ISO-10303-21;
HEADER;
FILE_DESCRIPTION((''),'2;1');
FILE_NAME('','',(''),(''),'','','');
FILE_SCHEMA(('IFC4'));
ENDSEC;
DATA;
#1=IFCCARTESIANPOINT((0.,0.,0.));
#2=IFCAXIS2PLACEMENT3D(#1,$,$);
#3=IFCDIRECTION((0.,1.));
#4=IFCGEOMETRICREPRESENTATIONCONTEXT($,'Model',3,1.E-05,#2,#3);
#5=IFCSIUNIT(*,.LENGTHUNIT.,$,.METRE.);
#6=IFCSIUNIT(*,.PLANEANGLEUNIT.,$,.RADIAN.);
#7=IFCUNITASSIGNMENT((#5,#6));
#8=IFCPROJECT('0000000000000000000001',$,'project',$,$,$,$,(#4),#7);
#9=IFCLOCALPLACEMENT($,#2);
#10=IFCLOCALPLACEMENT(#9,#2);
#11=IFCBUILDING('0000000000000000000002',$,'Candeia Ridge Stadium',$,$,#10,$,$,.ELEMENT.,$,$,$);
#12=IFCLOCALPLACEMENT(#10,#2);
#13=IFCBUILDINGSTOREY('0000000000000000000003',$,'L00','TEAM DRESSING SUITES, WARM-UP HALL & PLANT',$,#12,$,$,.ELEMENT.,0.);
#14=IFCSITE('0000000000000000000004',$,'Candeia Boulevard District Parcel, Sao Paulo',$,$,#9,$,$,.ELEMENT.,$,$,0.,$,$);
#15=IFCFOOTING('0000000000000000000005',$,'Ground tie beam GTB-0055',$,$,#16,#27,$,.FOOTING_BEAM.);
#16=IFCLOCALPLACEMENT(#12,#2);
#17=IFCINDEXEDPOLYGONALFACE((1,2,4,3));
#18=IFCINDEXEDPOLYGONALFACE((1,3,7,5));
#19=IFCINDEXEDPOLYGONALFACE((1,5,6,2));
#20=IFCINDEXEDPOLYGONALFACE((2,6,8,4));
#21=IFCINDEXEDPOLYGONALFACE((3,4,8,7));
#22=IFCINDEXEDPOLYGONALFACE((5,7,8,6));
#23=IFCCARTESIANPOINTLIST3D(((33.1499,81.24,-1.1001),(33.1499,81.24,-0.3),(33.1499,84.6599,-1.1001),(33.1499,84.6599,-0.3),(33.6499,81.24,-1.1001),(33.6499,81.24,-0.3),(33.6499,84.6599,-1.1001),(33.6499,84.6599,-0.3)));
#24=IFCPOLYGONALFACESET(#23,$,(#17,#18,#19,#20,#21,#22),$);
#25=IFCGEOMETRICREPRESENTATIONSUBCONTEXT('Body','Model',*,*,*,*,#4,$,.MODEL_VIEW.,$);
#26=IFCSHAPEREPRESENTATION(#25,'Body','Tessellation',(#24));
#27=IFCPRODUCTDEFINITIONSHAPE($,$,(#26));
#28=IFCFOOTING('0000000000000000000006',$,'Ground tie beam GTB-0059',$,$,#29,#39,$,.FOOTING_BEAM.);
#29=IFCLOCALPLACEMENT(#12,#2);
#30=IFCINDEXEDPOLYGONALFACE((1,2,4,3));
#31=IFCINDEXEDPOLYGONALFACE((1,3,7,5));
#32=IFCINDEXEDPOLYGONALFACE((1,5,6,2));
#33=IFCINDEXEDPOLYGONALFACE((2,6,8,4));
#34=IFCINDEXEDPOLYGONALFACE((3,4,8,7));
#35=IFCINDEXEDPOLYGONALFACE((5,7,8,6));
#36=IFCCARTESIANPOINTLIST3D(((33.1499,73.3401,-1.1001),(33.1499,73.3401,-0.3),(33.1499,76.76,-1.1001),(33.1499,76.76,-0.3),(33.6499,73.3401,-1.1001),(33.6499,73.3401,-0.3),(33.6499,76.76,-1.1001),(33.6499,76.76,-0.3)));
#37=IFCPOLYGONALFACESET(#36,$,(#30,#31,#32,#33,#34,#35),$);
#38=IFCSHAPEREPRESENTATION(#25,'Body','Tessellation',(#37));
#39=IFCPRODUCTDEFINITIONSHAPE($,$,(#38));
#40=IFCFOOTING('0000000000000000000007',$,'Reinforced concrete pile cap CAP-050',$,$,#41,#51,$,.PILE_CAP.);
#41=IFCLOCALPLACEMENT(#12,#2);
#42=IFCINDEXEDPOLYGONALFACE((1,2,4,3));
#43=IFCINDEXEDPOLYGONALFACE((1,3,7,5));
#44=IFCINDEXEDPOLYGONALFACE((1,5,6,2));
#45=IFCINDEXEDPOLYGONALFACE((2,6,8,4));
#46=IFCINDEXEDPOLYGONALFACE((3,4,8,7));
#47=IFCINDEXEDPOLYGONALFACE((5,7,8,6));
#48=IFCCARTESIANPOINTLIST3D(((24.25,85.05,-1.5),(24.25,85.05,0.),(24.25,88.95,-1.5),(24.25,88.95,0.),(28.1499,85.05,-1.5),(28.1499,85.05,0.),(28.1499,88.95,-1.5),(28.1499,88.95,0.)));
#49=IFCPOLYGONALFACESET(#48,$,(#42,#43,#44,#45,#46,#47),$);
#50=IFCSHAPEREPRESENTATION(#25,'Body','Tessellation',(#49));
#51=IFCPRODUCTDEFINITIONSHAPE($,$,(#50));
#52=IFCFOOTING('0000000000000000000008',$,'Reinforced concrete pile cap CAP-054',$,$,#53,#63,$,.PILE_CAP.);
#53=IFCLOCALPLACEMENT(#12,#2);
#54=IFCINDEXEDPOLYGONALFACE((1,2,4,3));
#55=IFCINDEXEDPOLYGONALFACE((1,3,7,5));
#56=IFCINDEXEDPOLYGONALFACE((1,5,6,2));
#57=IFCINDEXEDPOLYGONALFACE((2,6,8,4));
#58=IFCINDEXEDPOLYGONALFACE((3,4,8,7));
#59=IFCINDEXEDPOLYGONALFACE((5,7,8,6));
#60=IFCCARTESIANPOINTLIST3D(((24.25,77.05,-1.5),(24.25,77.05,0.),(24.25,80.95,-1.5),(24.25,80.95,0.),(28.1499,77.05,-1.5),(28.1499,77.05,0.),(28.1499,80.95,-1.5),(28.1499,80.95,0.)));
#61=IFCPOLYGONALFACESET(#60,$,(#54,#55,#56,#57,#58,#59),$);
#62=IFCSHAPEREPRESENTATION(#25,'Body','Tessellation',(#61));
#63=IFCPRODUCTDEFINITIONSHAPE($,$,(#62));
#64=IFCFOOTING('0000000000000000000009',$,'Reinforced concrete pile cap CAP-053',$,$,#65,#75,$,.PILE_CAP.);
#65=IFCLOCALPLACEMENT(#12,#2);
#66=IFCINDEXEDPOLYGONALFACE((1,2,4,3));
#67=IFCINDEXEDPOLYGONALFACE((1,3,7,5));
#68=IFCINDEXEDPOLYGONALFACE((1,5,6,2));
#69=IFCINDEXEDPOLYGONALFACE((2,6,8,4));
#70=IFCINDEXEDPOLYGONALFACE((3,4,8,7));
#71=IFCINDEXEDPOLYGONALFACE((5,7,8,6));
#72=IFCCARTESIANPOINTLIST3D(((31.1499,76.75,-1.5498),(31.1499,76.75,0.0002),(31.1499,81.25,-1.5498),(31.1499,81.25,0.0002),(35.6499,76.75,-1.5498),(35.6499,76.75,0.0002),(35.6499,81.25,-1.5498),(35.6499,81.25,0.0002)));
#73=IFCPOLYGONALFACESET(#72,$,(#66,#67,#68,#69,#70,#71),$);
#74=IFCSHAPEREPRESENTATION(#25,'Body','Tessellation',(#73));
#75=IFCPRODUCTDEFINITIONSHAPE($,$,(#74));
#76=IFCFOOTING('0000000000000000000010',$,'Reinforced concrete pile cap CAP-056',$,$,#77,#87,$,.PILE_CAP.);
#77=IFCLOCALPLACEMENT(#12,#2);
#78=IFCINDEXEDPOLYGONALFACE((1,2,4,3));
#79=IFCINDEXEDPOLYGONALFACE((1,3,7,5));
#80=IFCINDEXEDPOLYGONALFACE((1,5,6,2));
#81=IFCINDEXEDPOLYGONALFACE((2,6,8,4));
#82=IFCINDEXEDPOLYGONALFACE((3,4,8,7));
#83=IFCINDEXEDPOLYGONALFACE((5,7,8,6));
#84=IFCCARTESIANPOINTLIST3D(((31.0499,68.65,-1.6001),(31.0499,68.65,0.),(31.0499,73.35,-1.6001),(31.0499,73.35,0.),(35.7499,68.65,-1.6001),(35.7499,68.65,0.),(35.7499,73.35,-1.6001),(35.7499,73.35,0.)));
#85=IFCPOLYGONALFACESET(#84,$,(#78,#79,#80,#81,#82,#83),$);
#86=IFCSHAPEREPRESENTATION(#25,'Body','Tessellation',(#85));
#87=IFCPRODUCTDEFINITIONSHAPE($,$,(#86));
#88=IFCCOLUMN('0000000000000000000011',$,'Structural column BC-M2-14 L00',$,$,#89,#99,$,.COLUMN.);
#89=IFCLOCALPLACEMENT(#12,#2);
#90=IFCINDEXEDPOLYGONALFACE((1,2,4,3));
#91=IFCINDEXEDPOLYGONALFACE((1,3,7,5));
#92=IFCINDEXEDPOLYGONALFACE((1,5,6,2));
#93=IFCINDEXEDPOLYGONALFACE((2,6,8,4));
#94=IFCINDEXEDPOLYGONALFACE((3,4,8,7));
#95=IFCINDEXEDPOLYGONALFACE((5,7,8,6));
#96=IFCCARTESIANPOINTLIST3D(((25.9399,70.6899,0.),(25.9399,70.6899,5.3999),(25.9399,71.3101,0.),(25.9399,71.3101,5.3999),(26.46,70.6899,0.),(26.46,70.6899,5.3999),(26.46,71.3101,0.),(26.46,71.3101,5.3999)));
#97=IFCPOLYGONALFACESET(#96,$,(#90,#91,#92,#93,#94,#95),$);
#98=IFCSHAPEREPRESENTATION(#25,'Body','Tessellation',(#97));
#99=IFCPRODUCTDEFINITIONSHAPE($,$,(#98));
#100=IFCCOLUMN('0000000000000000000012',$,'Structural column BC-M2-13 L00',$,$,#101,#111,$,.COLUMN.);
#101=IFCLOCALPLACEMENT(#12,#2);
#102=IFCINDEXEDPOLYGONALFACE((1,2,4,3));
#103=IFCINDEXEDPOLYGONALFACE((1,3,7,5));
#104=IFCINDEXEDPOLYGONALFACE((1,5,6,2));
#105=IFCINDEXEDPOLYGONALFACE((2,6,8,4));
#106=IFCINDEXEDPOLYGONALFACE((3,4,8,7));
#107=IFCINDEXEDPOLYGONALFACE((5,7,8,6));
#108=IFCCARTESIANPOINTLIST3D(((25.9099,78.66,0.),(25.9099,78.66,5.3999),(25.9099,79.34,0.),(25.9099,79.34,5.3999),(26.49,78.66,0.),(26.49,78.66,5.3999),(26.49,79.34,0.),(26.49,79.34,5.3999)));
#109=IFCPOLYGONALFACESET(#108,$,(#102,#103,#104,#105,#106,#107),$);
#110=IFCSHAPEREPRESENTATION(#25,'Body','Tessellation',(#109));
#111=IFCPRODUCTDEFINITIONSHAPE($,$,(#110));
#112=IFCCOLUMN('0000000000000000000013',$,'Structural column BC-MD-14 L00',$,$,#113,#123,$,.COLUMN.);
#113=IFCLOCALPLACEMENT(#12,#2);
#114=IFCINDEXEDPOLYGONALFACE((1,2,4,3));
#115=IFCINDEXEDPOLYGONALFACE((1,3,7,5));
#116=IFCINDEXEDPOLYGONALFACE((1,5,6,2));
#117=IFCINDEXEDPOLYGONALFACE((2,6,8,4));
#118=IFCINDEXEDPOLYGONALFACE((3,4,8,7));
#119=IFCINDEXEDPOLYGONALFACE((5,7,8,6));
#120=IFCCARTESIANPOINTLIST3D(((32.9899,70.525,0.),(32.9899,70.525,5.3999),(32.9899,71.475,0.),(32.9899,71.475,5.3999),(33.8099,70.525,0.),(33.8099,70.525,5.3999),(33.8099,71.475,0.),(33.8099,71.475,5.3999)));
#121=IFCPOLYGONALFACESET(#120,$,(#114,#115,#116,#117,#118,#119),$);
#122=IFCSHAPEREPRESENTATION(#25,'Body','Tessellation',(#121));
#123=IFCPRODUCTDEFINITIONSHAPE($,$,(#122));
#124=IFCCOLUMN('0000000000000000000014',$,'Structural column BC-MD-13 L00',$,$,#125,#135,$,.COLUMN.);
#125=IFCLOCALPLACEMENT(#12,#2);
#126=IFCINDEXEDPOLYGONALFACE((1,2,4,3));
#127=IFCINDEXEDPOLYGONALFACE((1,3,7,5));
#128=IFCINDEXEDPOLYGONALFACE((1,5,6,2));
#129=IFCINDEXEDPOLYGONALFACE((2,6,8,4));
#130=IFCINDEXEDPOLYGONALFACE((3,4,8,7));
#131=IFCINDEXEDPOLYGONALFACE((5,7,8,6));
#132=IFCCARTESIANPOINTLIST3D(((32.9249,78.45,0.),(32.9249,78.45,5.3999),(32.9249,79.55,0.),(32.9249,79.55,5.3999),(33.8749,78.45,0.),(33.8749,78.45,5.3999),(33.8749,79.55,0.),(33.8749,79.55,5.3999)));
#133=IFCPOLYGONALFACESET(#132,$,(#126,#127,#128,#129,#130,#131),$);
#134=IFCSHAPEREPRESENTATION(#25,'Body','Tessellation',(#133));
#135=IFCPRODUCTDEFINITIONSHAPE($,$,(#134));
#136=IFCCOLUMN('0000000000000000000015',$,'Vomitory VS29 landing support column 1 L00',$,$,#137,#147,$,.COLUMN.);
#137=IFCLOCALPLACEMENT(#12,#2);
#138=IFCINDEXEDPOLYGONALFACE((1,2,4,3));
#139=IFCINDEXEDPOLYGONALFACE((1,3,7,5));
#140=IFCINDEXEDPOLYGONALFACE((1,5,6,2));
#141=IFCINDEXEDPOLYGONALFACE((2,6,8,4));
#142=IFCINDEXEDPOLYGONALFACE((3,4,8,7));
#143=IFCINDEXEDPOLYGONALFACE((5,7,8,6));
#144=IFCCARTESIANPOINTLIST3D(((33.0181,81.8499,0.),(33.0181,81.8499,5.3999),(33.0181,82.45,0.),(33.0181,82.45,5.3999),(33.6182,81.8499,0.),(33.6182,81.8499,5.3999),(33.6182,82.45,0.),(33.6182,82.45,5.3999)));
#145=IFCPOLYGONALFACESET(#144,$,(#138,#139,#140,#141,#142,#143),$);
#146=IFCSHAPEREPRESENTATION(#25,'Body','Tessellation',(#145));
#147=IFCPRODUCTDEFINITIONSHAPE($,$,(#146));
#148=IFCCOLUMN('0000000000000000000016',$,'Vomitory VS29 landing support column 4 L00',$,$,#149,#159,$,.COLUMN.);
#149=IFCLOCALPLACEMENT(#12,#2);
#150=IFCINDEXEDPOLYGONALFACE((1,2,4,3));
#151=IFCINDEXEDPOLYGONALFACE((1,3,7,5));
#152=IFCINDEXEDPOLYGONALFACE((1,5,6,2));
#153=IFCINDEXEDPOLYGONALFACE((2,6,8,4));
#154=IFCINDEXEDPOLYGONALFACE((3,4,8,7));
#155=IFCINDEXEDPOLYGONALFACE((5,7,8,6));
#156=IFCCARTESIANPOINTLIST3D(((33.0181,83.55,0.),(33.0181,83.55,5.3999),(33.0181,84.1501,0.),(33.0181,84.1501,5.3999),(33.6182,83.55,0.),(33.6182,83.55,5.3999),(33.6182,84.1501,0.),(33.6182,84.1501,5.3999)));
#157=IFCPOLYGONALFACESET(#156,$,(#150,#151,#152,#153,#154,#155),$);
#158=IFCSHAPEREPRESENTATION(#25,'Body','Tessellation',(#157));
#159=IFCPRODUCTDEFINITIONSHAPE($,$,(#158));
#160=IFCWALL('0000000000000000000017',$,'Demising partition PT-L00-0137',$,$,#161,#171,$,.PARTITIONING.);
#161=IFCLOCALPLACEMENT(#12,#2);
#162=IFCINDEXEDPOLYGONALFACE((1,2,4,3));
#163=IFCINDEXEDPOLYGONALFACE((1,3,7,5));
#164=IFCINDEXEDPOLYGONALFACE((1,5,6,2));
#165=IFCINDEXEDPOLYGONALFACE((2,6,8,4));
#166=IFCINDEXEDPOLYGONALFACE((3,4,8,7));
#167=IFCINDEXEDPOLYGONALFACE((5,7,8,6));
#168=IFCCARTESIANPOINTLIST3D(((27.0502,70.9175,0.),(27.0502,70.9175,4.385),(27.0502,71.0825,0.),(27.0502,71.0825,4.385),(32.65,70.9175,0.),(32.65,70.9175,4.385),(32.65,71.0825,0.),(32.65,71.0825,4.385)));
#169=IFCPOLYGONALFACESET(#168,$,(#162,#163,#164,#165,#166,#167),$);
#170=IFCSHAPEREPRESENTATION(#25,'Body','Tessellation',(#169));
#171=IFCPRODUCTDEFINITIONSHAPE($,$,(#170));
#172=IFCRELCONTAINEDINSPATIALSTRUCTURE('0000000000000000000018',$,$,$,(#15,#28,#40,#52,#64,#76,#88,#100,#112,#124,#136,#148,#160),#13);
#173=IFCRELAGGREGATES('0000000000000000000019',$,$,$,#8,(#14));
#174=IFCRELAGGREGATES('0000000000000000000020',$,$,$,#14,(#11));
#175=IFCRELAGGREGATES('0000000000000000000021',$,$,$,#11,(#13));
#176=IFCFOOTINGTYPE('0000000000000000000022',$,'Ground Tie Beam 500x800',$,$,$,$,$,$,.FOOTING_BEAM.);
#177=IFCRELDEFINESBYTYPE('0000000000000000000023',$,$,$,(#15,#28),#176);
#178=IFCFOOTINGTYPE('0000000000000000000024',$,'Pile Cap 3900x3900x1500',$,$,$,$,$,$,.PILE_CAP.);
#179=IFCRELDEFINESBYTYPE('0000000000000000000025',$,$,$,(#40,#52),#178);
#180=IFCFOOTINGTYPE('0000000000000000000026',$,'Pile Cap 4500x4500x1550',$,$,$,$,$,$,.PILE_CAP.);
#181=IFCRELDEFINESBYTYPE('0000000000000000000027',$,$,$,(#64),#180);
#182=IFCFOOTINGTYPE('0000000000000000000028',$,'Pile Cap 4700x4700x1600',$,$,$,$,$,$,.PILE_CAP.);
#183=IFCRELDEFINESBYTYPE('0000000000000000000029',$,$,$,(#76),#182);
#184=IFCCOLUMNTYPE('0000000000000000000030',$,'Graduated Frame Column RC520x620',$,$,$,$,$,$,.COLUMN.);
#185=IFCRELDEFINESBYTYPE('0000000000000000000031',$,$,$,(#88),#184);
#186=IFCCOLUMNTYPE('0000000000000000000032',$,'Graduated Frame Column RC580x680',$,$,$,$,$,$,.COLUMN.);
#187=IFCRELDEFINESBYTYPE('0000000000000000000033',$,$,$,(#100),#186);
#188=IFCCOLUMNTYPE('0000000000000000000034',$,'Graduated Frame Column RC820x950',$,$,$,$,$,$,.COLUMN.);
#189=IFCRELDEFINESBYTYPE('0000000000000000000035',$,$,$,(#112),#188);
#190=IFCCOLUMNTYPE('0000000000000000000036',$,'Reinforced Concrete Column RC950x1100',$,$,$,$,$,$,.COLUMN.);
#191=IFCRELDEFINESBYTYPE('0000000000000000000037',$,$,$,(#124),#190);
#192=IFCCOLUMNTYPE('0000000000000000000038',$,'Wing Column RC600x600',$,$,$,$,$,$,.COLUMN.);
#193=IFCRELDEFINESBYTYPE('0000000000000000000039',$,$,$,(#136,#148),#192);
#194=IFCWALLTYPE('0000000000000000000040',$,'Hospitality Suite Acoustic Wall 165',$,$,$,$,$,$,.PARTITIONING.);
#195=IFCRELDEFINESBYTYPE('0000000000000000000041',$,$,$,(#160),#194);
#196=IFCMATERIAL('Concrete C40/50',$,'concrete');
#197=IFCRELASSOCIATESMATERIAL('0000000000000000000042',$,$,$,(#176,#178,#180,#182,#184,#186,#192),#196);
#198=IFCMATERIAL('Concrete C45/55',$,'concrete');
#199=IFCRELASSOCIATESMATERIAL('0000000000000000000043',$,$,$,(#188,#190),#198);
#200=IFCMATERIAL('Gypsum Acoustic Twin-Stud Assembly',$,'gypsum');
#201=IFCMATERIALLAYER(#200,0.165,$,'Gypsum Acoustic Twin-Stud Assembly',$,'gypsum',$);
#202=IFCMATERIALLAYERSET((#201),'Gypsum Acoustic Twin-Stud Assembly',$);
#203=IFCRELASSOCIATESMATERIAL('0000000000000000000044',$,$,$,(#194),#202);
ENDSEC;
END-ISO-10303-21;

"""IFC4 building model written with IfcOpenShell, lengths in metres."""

from ifc_helpers import new_model, si_unit, direction, frame, frame_2d, origin, origin_2d, place, context, subcontext, project, spatial, rectangle, extrude, material, layer, layer_set, material_profile, profile_set, type_object, element, save


model = new_model("IFC4")

# Units and contexts
model_context = context("Model", 3, precision=1e-05, world=origin(), true_north=direction((0.0, 1.0)))
body_context = subcontext(model_context, "Body", "Model", "MODEL_VIEW")
ifc_project = project(units=[si_unit("LENGTHUNIT", "METRE"), si_unit("PLANEANGLEUNIT", "RADIAN")], contexts=[model_context])

# Site, building, storey
site_placement = place(None, origin())
site = spatial("IfcSite", under=ifc_project, at=site_placement, Name="Candeia Boulevard District Parcel, Sao Paulo", CompositionType="ELEMENT", RefElevation=0.0)
building_placement = place(site_placement, origin())
building = spatial("IfcBuilding", under=site, at=building_placement, Name="Candeia Ridge Stadium", CompositionType="ELEMENT")
storey_placement = place(building_placement, origin())
storey = spatial("IfcBuildingStorey", under=building, at=storey_placement, Name="L00", Description="TEAM DRESSING SUITES, WARM-UP HALL & PLANT", CompositionType="ELEMENT", Elevation=0.0)

# Shared definitions
ifc_material_1 = material(Name="Concrete C40/50", Category="concrete")

# Footings
footing_type_1 = type_object("IfcFootingType", Name="Ground Tie Beam 500x800", PredefinedType="FOOTING_BEAM", material=ifc_material_1)
for number, where, z_axis, x_axis, name in (
    (1, (33.3999, 82.95, -1.1001), (0.0, 0.0, 1.0), (0.0, -1.0, 0.0), "Ground tie beam GTB-0055"),
    (2, (33.3999, 75.05, -1.1001), (0.0, 0.0, 1.0), (0.0, -1.0, 0.0), "Ground tie beam GTB-0059"),
):
    element("IfcFooting", number, at=place(storey_placement, frame(where, z_axis=z_axis, x_axis=x_axis)), inside=storey, type_object=footing_type_1, Name=name, PredefinedType="FOOTING_BEAM", context=body_context, shape_type="SweptSolid", body=[
        extrude(rectangle(XDim=3.4199, YDim=0.5, at=origin_2d()), origin(), (0.0, 0.0, 1.0), 0.8),
    ])
footing_type_2 = type_object("IfcFootingType", Name="Pile Cap 3900x3900x1500", PredefinedType="PILE_CAP", material=ifc_material_1)
for number, where, z_axis, x_axis, name in (
    (3, (26.2, 87.0, -1.5), (0.0, 0.0, 1.0), (1.0, 0.0, 0.0), "Reinforced concrete pile cap CAP-050"),
    (4, (26.2, 79.0, -1.5), (0.0, 0.0, 1.0), (1.0, 0.0, 0.0), "Reinforced concrete pile cap CAP-054"),
):
    element("IfcFooting", number, at=place(storey_placement, frame(where, z_axis=z_axis, x_axis=x_axis)), inside=storey, type_object=footing_type_2, Name=name, PredefinedType="PILE_CAP", context=body_context, shape_type="SweptSolid", body=[
        extrude(rectangle(XDim=3.8999, YDim=3.8999, at=origin_2d()), origin(), (0.0, 0.0, 1.0), 1.5),
    ])
footing_type_3 = type_object("IfcFootingType", Name="Pile Cap 4500x4500x1550", PredefinedType="PILE_CAP", material=ifc_material_1)
footing_1_placement = place(storey_placement, frame((33.3999, 79.0, -1.5498), z_axis=(0.0, 0.0, 1.0), x_axis=(1.0, 0.0, 0.0)))
element("IfcFooting", 5, at=footing_1_placement, inside=storey, type_object=footing_type_3, Name="Reinforced concrete pile cap CAP-053", PredefinedType="PILE_CAP", context=body_context, shape_type="SweptSolid", body=[
    extrude(rectangle(XDim=4.5, YDim=4.5, at=origin_2d()), origin(), (0.0, 0.0, 1.0), 1.55),
])
footing_type_4 = type_object("IfcFootingType", Name="Pile Cap 4700x4700x1600", PredefinedType="PILE_CAP", material=ifc_material_1)
footing_2_placement = place(storey_placement, frame((33.3999, 71.0, -1.6001), z_axis=(0.0, 0.0, 1.0), x_axis=(1.0, 0.0, 0.0)))
element("IfcFooting", 6, at=footing_2_placement, inside=storey, type_object=footing_type_4, Name="Reinforced concrete pile cap CAP-056", PredefinedType="PILE_CAP", context=body_context, shape_type="SweptSolid", body=[
    extrude(rectangle(XDim=4.7, YDim=4.7, at=origin_2d()), origin(), (0.0, 0.0, 1.0), 1.6001),
])

# Columns
ifc_material_profile_1 = material_profile(ifc_material_1, rectangle(XDim=0.52, YDim=0.6201, at=origin_2d()), Name="RC520x620", Category="concrete")
ifc_profile_set_1 = profile_set([ifc_material_profile_1], Name="Concrete C40/50")
column_type_1 = type_object("IfcColumnType", Name="Graduated Frame Column RC520x620", PredefinedType="COLUMN", material=ifc_profile_set_1)
column_1_placement = place(storey_placement, frame((26.2, 71.0, 0.0), z_axis=(0.0, 0.0, 1.0), x_axis=(1.0, 0.0, 0.0)))
element("IfcColumn", 7, at=column_1_placement, inside=storey, type_object=column_type_1, Name="Structural column BC-M2-14 L00", PredefinedType="COLUMN", context=body_context, shape_type="SweptSolid", body=[
    extrude(rectangle(XDim=0.52, YDim=0.6201, at=origin_2d()), origin(), (0.0, 0.0, 1.0), 5.3999),
])
ifc_material_profile_2 = material_profile(ifc_material_1, rectangle(XDim=0.5801, YDim=0.6799, at=origin_2d()), Name="RC580x680", Category="concrete")
ifc_profile_set_2 = profile_set([ifc_material_profile_2], Name="Concrete C40/50")
column_type_2 = type_object("IfcColumnType", Name="Graduated Frame Column RC580x680", PredefinedType="COLUMN", material=ifc_profile_set_2)
column_2_placement = place(storey_placement, frame((26.2, 79.0, 0.0), z_axis=(0.0, 0.0, 1.0), x_axis=(1.0, 0.0, 0.0)))
element("IfcColumn", 8, at=column_2_placement, inside=storey, type_object=column_type_2, Name="Structural column BC-M2-13 L00", PredefinedType="COLUMN", context=body_context, shape_type="SweptSolid", body=[
    extrude(rectangle(XDim=0.5801, YDim=0.6799, at=origin_2d()), origin(), (0.0, 0.0, 1.0), 5.3999),
])
ifc_material_2 = material(Name="Concrete C45/55", Category="concrete")
ifc_material_profile_3 = material_profile(ifc_material_2, rectangle(XDim=0.8201, YDim=0.95, at=origin_2d()), Name="RC820x950", Category="concrete")
ifc_profile_set_3 = profile_set([ifc_material_profile_3], Name="Concrete C45/55")
column_type_3 = type_object("IfcColumnType", Name="Graduated Frame Column RC820x950", PredefinedType="COLUMN", material=ifc_profile_set_3)
column_3_placement = place(storey_placement, frame((33.3999, 71.0, 0.0), z_axis=(0.0, 0.0, 1.0), x_axis=(1.0, 0.0, 0.0)))
element("IfcColumn", 9, at=column_3_placement, inside=storey, type_object=column_type_3, Name="Structural column BC-MD-14 L00", PredefinedType="COLUMN", context=body_context, shape_type="SweptSolid", body=[
    extrude(rectangle(XDim=0.8201, YDim=0.95, at=origin_2d()), origin(), (0.0, 0.0, 1.0), 5.3999),
])
ifc_material_profile_4 = material_profile(ifc_material_2, rectangle(XDim=0.95, YDim=1.1001, at=origin_2d()), Name="RC950x1100", Category="concrete")
ifc_profile_set_4 = profile_set([ifc_material_profile_4], Name="Concrete C45/55")
column_type_4 = type_object("IfcColumnType", Name="Reinforced Concrete Column RC950x1100", PredefinedType="COLUMN", material=ifc_profile_set_4)
column_4_placement = place(storey_placement, frame((33.3999, 79.0, 0.0), z_axis=(0.0, 0.0, 1.0), x_axis=(1.0, 0.0, 0.0)))
element("IfcColumn", 10, at=column_4_placement, inside=storey, type_object=column_type_4, Name="Structural column BC-MD-13 L00", PredefinedType="COLUMN", context=body_context, shape_type="SweptSolid", body=[
    extrude(rectangle(XDim=0.95, YDim=1.1001, at=origin_2d()), origin(), (0.0, 0.0, 1.0), 5.3999),
])
ifc_material_profile_5 = material_profile(ifc_material_1, rectangle(XDim=0.6001, YDim=0.6001, at=origin_2d()), Name="RC600x600", Category="concrete")
ifc_profile_set_5 = profile_set([ifc_material_profile_5], Name="Concrete C40/50")
column_type_5 = type_object("IfcColumnType", Name="Wing Column RC600x600", PredefinedType="COLUMN", material=ifc_profile_set_5)
for number, where, z_axis, x_axis, name in (
    (11, (33.3181, 82.1499, 0.0), (0.0, 0.0, 1.0), (1.0, 0.0, 0.0), "Vomitory VS29 landing support column 1 L00"),
    (12, (33.3181, 83.8501, 0.0), (0.0, 0.0, 1.0), (1.0, 0.0, 0.0), "Vomitory VS29 landing support column 4 L00"),
):
    element("IfcColumn", number, at=place(storey_placement, frame(where, z_axis=z_axis, x_axis=x_axis)), inside=storey, type_object=column_type_5, Name=name, PredefinedType="COLUMN", context=body_context, shape_type="SweptSolid", body=[
        extrude(rectangle(XDim=0.6001, YDim=0.6001, at=origin_2d()), origin(), (0.0, 0.0, 1.0), 5.3999),
    ])

# Wall
ifc_material_3 = material(Name="Gypsum Acoustic Twin-Stud Assembly", Category="gypsum")
ifc_layer_1 = layer(ifc_material_3, 0.165, Name="Gypsum Acoustic Twin-Stud Assembly", Category="gypsum")
ifc_layer_set_1 = layer_set([ifc_layer_1], Name="Gypsum Acoustic Twin-Stud Assembly")
wall_type_1 = type_object("IfcWallType", Name="Hospitality Suite Acoustic Wall 165", PredefinedType="PARTITIONING", material=ifc_layer_set_1)
wall_1_placement = place(storey_placement, frame((32.6499, 71.0, 0.0), z_axis=(0.0, 0.0, 1.0), x_axis=(-1.0, 0.0, 0.0)))
element("IfcWall", 13, at=wall_1_placement, inside=storey, type_object=wall_type_1, Name="Demising partition PT-L00-0137", PredefinedType="PARTITIONING", context=body_context, shape_type="SweptSolid", body=[
    extrude(rectangle(XDim=5.5999, YDim=0.165, at=frame_2d((2.7998, 0.0))), origin(), (0.0, 0.0, 1.0), 4.385),
])

save(model, "model.ifc")
